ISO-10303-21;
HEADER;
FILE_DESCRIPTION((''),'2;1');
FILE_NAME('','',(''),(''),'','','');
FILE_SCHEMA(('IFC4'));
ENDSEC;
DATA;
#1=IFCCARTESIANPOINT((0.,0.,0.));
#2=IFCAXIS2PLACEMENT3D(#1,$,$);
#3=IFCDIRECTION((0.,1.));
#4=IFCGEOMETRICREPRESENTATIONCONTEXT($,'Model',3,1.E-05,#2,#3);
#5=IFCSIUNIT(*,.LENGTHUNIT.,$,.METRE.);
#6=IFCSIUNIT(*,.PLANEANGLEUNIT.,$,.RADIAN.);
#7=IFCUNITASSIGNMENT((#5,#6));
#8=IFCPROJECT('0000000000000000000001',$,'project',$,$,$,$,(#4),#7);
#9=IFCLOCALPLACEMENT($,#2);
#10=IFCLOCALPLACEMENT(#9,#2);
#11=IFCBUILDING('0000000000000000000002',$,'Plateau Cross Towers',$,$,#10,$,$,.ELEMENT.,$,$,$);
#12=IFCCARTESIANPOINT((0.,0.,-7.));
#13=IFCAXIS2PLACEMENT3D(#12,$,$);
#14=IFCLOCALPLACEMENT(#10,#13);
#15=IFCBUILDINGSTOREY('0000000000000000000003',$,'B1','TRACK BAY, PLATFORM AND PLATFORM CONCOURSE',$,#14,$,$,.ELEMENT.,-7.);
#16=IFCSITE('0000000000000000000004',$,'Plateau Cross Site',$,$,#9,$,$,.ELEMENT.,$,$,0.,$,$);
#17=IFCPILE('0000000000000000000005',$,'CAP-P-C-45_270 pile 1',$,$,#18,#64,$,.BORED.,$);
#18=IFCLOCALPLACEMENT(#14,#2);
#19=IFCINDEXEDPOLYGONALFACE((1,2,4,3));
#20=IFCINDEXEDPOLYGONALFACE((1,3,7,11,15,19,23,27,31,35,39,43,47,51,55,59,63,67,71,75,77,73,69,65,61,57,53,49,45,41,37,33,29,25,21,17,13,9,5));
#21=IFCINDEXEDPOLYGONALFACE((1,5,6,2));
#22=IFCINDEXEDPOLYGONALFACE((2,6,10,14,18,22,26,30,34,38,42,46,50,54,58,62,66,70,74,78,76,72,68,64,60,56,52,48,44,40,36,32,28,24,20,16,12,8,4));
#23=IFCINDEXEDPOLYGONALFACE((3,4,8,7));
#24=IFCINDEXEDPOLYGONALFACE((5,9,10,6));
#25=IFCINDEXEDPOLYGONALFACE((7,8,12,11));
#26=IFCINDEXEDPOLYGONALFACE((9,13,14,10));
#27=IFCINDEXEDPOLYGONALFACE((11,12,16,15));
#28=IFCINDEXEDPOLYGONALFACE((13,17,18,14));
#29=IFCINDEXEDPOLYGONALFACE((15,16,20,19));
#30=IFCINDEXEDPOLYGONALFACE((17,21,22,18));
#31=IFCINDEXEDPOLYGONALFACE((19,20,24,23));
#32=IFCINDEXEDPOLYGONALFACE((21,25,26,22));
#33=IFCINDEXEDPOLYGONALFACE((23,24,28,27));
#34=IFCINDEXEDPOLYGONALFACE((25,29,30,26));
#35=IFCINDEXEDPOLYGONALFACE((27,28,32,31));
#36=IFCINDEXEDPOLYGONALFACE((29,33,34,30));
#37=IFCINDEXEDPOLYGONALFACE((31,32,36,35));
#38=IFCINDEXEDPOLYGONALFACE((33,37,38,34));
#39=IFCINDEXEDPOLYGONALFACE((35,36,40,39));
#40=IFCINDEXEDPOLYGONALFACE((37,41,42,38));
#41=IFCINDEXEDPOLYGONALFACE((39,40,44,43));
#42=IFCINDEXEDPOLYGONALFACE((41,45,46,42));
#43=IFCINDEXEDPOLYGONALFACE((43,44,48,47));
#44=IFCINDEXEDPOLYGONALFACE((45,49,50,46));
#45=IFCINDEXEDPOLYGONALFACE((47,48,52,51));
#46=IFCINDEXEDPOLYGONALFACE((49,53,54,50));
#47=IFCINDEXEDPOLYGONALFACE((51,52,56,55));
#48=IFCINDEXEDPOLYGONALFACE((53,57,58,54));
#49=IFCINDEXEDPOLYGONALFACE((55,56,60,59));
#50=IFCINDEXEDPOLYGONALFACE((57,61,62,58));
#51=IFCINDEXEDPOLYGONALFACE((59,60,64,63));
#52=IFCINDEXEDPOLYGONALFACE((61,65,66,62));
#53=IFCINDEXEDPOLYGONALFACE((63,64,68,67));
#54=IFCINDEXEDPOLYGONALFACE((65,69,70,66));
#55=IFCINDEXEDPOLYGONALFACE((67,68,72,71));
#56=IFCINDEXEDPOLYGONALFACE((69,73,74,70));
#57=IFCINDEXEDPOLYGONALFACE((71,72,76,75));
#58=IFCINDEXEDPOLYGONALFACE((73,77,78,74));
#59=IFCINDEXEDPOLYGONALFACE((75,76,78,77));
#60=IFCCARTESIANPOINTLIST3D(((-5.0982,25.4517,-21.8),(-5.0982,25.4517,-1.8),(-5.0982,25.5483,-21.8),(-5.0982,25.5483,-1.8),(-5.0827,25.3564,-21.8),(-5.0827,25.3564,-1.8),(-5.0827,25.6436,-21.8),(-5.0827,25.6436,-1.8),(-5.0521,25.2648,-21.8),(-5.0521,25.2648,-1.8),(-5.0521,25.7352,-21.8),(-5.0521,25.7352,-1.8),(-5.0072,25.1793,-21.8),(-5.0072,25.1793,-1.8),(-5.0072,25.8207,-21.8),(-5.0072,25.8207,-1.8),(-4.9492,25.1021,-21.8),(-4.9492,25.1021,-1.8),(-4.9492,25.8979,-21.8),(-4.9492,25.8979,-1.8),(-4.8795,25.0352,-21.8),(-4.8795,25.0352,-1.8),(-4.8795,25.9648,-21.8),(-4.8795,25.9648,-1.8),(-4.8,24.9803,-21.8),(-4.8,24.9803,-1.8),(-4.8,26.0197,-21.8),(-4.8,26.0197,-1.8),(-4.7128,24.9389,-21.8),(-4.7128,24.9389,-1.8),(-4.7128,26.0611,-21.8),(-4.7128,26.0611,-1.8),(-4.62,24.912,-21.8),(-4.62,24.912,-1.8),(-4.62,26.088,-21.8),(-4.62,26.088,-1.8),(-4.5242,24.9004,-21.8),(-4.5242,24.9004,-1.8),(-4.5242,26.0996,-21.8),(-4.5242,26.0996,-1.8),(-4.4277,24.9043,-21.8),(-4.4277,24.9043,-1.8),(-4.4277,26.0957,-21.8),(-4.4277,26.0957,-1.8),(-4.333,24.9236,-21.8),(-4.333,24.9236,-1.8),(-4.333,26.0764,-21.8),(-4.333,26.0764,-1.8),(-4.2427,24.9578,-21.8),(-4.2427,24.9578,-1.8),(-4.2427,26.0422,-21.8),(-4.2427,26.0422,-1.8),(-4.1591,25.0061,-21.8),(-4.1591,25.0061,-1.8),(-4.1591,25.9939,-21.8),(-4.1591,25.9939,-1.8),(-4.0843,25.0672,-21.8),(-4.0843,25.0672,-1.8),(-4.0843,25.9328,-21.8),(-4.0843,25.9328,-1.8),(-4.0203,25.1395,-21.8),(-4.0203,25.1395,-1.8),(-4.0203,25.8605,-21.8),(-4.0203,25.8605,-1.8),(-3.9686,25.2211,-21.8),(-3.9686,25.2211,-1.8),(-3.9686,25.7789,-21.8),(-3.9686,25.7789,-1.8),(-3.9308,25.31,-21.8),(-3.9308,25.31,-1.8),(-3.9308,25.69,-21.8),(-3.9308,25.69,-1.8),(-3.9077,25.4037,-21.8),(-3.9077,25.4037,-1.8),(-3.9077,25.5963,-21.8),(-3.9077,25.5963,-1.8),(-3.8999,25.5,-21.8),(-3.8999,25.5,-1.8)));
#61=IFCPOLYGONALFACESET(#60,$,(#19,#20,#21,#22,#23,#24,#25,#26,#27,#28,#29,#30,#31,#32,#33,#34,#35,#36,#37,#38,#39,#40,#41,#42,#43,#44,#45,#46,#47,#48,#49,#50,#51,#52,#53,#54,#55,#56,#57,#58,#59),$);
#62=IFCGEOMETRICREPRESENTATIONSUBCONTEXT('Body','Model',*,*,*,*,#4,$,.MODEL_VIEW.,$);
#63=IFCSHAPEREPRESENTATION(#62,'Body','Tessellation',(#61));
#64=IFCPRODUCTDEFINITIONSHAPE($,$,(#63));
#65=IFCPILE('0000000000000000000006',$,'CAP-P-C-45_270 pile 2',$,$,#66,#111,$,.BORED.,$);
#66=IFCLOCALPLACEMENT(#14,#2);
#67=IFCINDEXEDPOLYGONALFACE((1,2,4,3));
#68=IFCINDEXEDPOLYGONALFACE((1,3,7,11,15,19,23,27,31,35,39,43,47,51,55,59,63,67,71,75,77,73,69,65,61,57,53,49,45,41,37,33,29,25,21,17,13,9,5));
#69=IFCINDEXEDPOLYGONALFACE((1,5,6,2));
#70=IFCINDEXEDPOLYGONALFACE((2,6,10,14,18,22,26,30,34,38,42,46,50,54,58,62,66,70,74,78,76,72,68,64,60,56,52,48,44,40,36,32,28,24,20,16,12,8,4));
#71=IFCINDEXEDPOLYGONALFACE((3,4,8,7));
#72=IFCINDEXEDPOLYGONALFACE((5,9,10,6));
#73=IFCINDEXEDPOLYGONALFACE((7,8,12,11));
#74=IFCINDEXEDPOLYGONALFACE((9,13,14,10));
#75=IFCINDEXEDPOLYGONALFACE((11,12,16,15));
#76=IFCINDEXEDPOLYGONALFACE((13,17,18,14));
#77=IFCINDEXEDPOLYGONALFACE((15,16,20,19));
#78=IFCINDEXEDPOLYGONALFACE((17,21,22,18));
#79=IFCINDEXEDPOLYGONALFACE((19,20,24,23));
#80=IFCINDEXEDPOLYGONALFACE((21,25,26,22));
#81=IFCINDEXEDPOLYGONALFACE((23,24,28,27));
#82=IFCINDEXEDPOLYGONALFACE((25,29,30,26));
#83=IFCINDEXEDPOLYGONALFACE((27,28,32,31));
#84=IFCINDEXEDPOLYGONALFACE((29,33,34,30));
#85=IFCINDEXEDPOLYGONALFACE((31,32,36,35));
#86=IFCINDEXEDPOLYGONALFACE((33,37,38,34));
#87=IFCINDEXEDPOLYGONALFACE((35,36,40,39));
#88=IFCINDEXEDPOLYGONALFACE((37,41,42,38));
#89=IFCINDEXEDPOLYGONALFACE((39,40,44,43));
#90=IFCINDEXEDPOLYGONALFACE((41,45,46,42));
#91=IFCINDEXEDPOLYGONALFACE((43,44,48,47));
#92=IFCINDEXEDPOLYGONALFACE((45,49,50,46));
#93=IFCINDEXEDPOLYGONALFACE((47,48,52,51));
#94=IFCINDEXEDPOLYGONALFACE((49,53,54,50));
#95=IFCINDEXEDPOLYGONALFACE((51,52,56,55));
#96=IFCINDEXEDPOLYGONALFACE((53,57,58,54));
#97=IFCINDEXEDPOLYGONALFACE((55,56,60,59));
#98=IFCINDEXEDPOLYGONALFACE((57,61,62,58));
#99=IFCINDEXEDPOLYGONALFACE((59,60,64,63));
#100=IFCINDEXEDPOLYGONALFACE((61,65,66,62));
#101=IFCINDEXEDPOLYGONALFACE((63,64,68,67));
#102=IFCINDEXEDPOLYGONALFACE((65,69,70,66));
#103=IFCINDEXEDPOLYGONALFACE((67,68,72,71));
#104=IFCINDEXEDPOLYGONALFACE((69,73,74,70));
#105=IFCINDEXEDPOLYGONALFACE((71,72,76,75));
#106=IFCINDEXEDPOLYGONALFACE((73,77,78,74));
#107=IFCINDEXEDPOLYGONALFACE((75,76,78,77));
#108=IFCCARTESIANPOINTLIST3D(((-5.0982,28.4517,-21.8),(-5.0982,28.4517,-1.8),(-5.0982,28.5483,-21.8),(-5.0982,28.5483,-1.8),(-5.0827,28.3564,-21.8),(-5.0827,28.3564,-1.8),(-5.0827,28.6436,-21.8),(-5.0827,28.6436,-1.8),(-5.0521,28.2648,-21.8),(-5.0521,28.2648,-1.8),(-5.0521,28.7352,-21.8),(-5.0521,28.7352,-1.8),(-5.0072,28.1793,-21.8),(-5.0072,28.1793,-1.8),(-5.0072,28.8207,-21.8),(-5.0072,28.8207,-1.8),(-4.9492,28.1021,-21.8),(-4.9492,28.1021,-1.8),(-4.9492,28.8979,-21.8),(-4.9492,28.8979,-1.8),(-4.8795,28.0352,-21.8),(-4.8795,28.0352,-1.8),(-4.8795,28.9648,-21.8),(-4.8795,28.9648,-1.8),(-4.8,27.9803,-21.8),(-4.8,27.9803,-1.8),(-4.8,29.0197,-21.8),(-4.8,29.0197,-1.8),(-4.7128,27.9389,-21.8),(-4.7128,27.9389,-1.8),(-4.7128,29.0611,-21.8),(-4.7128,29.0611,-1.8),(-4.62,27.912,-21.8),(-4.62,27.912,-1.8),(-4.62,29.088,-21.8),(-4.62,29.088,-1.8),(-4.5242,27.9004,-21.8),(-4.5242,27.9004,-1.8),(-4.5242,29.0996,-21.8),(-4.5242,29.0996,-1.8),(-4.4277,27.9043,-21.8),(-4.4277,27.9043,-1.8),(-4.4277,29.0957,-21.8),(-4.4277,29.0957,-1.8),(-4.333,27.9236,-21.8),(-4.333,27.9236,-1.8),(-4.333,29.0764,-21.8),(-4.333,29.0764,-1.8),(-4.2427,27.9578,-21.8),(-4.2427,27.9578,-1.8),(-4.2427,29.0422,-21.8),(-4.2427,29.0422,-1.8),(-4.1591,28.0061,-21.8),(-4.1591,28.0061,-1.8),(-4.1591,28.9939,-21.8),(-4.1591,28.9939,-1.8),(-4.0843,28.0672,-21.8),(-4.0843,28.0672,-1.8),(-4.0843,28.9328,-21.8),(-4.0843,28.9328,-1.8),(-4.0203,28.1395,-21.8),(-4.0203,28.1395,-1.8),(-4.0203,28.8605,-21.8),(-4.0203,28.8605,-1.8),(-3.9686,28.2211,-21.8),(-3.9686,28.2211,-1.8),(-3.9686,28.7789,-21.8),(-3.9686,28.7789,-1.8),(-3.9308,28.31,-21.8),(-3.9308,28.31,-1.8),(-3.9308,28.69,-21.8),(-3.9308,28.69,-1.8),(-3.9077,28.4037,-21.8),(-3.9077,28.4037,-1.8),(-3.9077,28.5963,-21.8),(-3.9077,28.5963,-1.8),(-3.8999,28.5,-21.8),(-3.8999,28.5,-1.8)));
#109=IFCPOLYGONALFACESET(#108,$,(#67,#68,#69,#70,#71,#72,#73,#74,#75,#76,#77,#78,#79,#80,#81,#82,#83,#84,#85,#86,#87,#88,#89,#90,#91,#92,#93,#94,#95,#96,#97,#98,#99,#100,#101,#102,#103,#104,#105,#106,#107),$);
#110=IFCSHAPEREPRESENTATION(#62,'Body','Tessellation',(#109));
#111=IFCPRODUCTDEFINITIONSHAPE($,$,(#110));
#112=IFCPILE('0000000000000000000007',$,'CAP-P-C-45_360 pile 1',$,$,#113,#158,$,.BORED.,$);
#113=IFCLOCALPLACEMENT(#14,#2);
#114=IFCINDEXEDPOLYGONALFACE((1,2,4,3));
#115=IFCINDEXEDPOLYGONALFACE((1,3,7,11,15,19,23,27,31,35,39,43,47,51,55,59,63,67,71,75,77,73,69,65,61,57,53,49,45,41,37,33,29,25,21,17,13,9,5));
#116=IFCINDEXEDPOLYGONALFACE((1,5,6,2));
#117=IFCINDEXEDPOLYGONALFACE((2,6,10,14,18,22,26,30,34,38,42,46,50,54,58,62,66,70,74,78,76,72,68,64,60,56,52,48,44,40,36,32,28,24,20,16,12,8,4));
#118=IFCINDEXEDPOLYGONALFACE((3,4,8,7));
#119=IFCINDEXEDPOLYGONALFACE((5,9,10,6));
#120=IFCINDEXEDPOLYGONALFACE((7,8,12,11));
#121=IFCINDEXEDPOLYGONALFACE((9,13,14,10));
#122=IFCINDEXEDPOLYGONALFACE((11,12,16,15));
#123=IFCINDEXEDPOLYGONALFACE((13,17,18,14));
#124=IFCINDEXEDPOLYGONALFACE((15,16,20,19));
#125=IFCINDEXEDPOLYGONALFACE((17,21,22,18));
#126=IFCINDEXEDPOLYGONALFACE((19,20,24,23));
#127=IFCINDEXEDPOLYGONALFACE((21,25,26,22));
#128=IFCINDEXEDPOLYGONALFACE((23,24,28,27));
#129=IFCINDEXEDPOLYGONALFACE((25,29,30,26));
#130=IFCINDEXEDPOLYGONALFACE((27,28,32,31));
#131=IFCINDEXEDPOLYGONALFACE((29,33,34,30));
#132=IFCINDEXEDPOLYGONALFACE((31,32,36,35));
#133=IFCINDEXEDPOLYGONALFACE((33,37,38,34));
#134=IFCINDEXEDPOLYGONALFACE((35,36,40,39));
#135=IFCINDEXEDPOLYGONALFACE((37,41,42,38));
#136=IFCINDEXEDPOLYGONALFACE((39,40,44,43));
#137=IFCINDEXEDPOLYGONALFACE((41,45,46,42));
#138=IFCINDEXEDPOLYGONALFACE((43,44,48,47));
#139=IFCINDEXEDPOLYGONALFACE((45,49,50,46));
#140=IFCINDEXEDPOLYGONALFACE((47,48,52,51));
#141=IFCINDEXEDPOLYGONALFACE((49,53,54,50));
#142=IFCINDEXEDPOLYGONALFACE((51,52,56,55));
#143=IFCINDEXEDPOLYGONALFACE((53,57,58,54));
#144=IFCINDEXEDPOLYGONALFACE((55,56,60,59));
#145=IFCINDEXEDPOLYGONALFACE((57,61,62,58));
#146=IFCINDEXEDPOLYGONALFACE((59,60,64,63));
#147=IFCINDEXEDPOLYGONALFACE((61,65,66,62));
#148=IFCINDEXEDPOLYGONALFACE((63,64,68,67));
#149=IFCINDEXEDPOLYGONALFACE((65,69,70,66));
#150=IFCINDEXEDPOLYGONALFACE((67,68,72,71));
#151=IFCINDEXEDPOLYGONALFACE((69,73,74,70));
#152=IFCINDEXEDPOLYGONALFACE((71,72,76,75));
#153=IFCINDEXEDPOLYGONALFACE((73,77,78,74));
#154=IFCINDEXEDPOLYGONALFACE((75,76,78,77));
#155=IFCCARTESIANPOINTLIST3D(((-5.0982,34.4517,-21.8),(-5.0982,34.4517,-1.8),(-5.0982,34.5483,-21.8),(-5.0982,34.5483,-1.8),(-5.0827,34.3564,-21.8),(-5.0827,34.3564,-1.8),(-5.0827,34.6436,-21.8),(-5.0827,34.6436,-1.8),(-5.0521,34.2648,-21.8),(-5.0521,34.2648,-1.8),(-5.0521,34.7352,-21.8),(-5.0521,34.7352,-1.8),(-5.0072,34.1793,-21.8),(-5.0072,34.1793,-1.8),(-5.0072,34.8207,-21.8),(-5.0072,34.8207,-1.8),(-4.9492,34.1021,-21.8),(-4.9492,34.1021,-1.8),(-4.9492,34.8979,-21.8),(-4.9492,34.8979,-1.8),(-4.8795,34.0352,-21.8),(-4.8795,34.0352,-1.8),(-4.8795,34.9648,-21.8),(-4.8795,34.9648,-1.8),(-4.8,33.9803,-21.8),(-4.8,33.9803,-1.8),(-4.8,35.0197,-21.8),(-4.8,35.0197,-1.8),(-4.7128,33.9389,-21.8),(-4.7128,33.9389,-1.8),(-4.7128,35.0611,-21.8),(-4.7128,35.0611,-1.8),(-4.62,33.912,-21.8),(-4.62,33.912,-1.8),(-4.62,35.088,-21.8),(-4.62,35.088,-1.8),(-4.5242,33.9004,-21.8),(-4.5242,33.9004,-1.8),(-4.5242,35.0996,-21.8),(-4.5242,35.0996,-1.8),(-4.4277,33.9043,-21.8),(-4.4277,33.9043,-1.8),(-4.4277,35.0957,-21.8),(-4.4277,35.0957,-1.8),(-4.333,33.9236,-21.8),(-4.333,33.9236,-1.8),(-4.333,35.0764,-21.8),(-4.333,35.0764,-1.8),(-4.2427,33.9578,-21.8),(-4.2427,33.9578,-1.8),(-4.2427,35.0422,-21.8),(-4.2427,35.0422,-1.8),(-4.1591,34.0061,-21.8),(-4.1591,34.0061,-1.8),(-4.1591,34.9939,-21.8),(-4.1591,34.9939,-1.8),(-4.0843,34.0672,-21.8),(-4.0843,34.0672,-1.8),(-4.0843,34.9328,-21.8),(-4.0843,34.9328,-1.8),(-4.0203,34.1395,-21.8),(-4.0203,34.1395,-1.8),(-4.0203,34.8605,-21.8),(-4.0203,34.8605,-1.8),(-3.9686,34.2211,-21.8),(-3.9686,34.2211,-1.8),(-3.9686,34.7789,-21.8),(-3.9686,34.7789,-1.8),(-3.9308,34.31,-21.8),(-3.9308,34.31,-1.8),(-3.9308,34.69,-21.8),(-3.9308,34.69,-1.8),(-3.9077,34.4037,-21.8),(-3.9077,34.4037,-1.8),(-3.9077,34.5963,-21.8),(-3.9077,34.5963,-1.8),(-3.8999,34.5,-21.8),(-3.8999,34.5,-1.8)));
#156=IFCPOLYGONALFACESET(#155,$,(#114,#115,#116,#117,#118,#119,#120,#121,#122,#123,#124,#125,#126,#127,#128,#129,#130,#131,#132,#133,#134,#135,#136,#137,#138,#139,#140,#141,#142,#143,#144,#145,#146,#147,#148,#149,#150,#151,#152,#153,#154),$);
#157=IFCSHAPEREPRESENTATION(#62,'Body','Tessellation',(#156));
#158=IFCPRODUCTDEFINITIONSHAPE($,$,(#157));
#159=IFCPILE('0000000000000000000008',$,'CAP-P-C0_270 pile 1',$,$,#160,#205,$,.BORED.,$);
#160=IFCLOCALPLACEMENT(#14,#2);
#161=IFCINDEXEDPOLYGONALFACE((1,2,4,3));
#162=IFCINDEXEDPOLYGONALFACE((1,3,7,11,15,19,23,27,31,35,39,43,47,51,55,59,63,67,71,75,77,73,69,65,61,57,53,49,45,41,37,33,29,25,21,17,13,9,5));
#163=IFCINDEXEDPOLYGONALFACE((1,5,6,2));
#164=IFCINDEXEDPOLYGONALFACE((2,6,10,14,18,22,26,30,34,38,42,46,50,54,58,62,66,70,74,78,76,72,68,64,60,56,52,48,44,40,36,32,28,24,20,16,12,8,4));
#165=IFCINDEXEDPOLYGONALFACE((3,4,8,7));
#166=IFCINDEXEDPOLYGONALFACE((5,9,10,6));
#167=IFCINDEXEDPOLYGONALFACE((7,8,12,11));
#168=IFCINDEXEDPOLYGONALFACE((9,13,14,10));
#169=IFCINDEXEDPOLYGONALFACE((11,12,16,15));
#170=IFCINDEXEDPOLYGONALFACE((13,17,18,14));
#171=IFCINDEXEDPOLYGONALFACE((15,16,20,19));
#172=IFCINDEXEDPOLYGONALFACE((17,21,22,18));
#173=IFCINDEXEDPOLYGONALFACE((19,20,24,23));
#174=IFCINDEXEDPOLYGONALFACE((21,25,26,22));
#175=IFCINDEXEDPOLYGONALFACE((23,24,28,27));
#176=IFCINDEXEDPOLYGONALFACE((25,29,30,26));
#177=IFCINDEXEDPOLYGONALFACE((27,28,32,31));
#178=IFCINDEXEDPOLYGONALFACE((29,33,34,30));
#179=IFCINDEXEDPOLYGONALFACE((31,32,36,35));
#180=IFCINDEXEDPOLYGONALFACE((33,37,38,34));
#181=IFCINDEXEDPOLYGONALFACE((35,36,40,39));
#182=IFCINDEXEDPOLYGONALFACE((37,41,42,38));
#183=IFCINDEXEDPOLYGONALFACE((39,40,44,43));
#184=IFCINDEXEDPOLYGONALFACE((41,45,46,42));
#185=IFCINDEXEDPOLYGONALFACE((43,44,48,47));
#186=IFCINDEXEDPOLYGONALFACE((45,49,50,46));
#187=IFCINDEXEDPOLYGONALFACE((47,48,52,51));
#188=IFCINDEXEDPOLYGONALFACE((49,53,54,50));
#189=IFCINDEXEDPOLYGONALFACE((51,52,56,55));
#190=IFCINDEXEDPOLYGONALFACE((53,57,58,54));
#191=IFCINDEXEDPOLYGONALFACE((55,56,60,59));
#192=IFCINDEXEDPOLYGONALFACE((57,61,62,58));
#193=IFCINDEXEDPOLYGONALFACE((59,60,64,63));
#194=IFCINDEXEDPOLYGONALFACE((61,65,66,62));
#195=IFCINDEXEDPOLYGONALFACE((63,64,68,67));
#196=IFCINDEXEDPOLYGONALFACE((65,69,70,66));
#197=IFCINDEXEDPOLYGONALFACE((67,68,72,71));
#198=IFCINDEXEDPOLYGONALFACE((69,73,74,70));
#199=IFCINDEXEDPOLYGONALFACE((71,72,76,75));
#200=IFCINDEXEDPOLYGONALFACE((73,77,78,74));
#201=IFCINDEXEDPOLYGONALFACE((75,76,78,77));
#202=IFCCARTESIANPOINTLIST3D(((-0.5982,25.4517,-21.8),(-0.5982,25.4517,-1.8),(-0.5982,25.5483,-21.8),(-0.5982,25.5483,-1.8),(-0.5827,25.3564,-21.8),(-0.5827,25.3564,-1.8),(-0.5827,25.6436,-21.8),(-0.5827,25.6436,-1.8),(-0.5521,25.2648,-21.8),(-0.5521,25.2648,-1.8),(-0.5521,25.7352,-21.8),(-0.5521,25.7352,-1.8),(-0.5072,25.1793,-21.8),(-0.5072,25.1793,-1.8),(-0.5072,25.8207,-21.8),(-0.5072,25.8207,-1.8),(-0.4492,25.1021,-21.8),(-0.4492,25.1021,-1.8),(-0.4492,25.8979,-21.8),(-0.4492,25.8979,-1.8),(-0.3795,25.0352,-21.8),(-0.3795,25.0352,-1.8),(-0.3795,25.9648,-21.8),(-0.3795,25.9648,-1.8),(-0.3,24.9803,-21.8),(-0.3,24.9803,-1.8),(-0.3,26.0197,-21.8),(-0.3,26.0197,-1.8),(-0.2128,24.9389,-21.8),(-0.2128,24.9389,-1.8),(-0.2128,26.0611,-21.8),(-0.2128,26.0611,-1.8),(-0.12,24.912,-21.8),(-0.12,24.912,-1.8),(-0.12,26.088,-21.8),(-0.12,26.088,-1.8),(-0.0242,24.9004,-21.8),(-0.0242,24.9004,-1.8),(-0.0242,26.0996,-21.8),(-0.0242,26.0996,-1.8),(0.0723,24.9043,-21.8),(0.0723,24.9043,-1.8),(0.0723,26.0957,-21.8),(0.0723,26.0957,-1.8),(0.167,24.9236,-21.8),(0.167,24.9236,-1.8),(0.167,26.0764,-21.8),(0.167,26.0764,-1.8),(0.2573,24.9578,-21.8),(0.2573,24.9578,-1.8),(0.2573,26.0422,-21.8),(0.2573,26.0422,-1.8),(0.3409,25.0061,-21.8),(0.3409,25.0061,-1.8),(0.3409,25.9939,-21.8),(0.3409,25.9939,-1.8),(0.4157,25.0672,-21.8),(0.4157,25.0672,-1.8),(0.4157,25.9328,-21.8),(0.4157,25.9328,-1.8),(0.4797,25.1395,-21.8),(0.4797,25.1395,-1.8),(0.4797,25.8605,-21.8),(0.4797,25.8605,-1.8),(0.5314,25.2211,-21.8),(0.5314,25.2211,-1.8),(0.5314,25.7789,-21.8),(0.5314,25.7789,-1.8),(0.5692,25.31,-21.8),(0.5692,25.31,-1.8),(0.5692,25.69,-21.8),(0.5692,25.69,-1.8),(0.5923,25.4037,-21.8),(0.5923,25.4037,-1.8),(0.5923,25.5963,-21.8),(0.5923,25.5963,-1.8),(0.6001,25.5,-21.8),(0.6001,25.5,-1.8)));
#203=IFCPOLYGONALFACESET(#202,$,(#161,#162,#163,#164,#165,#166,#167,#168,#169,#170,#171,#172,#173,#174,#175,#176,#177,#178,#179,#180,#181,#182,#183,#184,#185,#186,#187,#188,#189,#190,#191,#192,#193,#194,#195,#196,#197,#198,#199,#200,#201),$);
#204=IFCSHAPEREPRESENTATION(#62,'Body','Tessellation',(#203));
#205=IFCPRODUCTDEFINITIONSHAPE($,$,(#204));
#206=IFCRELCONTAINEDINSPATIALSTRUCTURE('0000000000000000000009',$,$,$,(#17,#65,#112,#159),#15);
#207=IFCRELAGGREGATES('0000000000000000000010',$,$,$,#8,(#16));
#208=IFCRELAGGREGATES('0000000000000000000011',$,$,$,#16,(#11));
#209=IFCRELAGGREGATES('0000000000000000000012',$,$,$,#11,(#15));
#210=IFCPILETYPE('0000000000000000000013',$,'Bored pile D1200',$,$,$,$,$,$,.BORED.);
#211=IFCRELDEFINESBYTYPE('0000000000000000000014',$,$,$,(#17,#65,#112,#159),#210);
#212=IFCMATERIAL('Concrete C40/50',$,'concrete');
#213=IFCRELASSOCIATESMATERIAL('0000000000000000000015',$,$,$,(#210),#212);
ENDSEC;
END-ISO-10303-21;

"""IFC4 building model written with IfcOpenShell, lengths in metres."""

from ifc_helpers import new_model, si_unit, direction, frame, origin, origin_2d, place, context, subcontext, project, spatial, circle, extrude, material, material_profile, profile_set, type_object, element, save


model = new_model("IFC4")

# Units and contexts
model_context = context("Model", 3, precision=1e-05, world=origin(), true_north=direction((0.0, 1.0)))
body_context = subcontext(model_context, "Body", "Model", "MODEL_VIEW")
ifc_project = project(units=[si_unit("LENGTHUNIT", "METRE"), si_unit("PLANEANGLEUNIT", "RADIAN")], contexts=[model_context])

# Site, building, storey
site_placement = place(None, origin())
site = spatial("IfcSite", under=ifc_project, at=site_placement, Name="Plateau Cross Site", CompositionType="ELEMENT", RefElevation=0.0)
building_placement = place(site_placement, origin())
building = spatial("IfcBuilding", under=site, at=building_placement, Name="Plateau Cross Towers", CompositionType="ELEMENT")
storey_placement = place(building_placement, frame((0.0, 0.0, -7.0)))
storey = spatial("IfcBuildingStorey", under=building, at=storey_placement, Name="B1", Description="TRACK BAY, PLATFORM AND PLATFORM CONCOURSE", CompositionType="ELEMENT", Elevation=-7.0)

# Piles
ifc_material_1 = material(Name="Concrete C40/50", Category="concrete")
ifc_material_profile_1 = material_profile(ifc_material_1, circle(Radius=0.6001, at=origin_2d()), Name="Bored pile D1200")
ifc_profile_set_1 = profile_set([ifc_material_profile_1], Name="Concrete C40/50")
pile_type = type_object("IfcPileType", Name="Bored pile D1200", PredefinedType="BORED", material=ifc_profile_set_1)
for number, where, z_axis, x_axis, name in (
    (1, (-4.5, 25.5, -1.8), (0.0, 0.0, -1.0), (1.0, 0.0, 0.0), "CAP-P-C-45_270 pile 1"),
    (2, (-4.5, 28.5, -1.8), (0.0, 0.0, -1.0), (1.0, 0.0, 0.0), "CAP-P-C-45_270 pile 2"),
    (3, (-4.5, 34.5, -1.8), (0.0, 0.0, -1.0), (1.0, 0.0, 0.0), "CAP-P-C-45_360 pile 1"),
    (4, (0.0, 25.5, -1.8), (0.0, 0.0, -1.0), (1.0, 0.0, 0.0), "CAP-P-C0_270 pile 1"),
):
    element("IfcPile", number, at=place(storey_placement, frame(where, z_axis=z_axis, x_axis=x_axis)), inside=storey, type_object=pile_type, Name=name, PredefinedType="BORED", context=body_context, shape_type="SweptSolid", body=[
        extrude(circle(Radius=0.6001, at=origin_2d()), origin(), (0.0, 0.0, 1.0), 20.0),
    ])

save(model, "model.ifc")
